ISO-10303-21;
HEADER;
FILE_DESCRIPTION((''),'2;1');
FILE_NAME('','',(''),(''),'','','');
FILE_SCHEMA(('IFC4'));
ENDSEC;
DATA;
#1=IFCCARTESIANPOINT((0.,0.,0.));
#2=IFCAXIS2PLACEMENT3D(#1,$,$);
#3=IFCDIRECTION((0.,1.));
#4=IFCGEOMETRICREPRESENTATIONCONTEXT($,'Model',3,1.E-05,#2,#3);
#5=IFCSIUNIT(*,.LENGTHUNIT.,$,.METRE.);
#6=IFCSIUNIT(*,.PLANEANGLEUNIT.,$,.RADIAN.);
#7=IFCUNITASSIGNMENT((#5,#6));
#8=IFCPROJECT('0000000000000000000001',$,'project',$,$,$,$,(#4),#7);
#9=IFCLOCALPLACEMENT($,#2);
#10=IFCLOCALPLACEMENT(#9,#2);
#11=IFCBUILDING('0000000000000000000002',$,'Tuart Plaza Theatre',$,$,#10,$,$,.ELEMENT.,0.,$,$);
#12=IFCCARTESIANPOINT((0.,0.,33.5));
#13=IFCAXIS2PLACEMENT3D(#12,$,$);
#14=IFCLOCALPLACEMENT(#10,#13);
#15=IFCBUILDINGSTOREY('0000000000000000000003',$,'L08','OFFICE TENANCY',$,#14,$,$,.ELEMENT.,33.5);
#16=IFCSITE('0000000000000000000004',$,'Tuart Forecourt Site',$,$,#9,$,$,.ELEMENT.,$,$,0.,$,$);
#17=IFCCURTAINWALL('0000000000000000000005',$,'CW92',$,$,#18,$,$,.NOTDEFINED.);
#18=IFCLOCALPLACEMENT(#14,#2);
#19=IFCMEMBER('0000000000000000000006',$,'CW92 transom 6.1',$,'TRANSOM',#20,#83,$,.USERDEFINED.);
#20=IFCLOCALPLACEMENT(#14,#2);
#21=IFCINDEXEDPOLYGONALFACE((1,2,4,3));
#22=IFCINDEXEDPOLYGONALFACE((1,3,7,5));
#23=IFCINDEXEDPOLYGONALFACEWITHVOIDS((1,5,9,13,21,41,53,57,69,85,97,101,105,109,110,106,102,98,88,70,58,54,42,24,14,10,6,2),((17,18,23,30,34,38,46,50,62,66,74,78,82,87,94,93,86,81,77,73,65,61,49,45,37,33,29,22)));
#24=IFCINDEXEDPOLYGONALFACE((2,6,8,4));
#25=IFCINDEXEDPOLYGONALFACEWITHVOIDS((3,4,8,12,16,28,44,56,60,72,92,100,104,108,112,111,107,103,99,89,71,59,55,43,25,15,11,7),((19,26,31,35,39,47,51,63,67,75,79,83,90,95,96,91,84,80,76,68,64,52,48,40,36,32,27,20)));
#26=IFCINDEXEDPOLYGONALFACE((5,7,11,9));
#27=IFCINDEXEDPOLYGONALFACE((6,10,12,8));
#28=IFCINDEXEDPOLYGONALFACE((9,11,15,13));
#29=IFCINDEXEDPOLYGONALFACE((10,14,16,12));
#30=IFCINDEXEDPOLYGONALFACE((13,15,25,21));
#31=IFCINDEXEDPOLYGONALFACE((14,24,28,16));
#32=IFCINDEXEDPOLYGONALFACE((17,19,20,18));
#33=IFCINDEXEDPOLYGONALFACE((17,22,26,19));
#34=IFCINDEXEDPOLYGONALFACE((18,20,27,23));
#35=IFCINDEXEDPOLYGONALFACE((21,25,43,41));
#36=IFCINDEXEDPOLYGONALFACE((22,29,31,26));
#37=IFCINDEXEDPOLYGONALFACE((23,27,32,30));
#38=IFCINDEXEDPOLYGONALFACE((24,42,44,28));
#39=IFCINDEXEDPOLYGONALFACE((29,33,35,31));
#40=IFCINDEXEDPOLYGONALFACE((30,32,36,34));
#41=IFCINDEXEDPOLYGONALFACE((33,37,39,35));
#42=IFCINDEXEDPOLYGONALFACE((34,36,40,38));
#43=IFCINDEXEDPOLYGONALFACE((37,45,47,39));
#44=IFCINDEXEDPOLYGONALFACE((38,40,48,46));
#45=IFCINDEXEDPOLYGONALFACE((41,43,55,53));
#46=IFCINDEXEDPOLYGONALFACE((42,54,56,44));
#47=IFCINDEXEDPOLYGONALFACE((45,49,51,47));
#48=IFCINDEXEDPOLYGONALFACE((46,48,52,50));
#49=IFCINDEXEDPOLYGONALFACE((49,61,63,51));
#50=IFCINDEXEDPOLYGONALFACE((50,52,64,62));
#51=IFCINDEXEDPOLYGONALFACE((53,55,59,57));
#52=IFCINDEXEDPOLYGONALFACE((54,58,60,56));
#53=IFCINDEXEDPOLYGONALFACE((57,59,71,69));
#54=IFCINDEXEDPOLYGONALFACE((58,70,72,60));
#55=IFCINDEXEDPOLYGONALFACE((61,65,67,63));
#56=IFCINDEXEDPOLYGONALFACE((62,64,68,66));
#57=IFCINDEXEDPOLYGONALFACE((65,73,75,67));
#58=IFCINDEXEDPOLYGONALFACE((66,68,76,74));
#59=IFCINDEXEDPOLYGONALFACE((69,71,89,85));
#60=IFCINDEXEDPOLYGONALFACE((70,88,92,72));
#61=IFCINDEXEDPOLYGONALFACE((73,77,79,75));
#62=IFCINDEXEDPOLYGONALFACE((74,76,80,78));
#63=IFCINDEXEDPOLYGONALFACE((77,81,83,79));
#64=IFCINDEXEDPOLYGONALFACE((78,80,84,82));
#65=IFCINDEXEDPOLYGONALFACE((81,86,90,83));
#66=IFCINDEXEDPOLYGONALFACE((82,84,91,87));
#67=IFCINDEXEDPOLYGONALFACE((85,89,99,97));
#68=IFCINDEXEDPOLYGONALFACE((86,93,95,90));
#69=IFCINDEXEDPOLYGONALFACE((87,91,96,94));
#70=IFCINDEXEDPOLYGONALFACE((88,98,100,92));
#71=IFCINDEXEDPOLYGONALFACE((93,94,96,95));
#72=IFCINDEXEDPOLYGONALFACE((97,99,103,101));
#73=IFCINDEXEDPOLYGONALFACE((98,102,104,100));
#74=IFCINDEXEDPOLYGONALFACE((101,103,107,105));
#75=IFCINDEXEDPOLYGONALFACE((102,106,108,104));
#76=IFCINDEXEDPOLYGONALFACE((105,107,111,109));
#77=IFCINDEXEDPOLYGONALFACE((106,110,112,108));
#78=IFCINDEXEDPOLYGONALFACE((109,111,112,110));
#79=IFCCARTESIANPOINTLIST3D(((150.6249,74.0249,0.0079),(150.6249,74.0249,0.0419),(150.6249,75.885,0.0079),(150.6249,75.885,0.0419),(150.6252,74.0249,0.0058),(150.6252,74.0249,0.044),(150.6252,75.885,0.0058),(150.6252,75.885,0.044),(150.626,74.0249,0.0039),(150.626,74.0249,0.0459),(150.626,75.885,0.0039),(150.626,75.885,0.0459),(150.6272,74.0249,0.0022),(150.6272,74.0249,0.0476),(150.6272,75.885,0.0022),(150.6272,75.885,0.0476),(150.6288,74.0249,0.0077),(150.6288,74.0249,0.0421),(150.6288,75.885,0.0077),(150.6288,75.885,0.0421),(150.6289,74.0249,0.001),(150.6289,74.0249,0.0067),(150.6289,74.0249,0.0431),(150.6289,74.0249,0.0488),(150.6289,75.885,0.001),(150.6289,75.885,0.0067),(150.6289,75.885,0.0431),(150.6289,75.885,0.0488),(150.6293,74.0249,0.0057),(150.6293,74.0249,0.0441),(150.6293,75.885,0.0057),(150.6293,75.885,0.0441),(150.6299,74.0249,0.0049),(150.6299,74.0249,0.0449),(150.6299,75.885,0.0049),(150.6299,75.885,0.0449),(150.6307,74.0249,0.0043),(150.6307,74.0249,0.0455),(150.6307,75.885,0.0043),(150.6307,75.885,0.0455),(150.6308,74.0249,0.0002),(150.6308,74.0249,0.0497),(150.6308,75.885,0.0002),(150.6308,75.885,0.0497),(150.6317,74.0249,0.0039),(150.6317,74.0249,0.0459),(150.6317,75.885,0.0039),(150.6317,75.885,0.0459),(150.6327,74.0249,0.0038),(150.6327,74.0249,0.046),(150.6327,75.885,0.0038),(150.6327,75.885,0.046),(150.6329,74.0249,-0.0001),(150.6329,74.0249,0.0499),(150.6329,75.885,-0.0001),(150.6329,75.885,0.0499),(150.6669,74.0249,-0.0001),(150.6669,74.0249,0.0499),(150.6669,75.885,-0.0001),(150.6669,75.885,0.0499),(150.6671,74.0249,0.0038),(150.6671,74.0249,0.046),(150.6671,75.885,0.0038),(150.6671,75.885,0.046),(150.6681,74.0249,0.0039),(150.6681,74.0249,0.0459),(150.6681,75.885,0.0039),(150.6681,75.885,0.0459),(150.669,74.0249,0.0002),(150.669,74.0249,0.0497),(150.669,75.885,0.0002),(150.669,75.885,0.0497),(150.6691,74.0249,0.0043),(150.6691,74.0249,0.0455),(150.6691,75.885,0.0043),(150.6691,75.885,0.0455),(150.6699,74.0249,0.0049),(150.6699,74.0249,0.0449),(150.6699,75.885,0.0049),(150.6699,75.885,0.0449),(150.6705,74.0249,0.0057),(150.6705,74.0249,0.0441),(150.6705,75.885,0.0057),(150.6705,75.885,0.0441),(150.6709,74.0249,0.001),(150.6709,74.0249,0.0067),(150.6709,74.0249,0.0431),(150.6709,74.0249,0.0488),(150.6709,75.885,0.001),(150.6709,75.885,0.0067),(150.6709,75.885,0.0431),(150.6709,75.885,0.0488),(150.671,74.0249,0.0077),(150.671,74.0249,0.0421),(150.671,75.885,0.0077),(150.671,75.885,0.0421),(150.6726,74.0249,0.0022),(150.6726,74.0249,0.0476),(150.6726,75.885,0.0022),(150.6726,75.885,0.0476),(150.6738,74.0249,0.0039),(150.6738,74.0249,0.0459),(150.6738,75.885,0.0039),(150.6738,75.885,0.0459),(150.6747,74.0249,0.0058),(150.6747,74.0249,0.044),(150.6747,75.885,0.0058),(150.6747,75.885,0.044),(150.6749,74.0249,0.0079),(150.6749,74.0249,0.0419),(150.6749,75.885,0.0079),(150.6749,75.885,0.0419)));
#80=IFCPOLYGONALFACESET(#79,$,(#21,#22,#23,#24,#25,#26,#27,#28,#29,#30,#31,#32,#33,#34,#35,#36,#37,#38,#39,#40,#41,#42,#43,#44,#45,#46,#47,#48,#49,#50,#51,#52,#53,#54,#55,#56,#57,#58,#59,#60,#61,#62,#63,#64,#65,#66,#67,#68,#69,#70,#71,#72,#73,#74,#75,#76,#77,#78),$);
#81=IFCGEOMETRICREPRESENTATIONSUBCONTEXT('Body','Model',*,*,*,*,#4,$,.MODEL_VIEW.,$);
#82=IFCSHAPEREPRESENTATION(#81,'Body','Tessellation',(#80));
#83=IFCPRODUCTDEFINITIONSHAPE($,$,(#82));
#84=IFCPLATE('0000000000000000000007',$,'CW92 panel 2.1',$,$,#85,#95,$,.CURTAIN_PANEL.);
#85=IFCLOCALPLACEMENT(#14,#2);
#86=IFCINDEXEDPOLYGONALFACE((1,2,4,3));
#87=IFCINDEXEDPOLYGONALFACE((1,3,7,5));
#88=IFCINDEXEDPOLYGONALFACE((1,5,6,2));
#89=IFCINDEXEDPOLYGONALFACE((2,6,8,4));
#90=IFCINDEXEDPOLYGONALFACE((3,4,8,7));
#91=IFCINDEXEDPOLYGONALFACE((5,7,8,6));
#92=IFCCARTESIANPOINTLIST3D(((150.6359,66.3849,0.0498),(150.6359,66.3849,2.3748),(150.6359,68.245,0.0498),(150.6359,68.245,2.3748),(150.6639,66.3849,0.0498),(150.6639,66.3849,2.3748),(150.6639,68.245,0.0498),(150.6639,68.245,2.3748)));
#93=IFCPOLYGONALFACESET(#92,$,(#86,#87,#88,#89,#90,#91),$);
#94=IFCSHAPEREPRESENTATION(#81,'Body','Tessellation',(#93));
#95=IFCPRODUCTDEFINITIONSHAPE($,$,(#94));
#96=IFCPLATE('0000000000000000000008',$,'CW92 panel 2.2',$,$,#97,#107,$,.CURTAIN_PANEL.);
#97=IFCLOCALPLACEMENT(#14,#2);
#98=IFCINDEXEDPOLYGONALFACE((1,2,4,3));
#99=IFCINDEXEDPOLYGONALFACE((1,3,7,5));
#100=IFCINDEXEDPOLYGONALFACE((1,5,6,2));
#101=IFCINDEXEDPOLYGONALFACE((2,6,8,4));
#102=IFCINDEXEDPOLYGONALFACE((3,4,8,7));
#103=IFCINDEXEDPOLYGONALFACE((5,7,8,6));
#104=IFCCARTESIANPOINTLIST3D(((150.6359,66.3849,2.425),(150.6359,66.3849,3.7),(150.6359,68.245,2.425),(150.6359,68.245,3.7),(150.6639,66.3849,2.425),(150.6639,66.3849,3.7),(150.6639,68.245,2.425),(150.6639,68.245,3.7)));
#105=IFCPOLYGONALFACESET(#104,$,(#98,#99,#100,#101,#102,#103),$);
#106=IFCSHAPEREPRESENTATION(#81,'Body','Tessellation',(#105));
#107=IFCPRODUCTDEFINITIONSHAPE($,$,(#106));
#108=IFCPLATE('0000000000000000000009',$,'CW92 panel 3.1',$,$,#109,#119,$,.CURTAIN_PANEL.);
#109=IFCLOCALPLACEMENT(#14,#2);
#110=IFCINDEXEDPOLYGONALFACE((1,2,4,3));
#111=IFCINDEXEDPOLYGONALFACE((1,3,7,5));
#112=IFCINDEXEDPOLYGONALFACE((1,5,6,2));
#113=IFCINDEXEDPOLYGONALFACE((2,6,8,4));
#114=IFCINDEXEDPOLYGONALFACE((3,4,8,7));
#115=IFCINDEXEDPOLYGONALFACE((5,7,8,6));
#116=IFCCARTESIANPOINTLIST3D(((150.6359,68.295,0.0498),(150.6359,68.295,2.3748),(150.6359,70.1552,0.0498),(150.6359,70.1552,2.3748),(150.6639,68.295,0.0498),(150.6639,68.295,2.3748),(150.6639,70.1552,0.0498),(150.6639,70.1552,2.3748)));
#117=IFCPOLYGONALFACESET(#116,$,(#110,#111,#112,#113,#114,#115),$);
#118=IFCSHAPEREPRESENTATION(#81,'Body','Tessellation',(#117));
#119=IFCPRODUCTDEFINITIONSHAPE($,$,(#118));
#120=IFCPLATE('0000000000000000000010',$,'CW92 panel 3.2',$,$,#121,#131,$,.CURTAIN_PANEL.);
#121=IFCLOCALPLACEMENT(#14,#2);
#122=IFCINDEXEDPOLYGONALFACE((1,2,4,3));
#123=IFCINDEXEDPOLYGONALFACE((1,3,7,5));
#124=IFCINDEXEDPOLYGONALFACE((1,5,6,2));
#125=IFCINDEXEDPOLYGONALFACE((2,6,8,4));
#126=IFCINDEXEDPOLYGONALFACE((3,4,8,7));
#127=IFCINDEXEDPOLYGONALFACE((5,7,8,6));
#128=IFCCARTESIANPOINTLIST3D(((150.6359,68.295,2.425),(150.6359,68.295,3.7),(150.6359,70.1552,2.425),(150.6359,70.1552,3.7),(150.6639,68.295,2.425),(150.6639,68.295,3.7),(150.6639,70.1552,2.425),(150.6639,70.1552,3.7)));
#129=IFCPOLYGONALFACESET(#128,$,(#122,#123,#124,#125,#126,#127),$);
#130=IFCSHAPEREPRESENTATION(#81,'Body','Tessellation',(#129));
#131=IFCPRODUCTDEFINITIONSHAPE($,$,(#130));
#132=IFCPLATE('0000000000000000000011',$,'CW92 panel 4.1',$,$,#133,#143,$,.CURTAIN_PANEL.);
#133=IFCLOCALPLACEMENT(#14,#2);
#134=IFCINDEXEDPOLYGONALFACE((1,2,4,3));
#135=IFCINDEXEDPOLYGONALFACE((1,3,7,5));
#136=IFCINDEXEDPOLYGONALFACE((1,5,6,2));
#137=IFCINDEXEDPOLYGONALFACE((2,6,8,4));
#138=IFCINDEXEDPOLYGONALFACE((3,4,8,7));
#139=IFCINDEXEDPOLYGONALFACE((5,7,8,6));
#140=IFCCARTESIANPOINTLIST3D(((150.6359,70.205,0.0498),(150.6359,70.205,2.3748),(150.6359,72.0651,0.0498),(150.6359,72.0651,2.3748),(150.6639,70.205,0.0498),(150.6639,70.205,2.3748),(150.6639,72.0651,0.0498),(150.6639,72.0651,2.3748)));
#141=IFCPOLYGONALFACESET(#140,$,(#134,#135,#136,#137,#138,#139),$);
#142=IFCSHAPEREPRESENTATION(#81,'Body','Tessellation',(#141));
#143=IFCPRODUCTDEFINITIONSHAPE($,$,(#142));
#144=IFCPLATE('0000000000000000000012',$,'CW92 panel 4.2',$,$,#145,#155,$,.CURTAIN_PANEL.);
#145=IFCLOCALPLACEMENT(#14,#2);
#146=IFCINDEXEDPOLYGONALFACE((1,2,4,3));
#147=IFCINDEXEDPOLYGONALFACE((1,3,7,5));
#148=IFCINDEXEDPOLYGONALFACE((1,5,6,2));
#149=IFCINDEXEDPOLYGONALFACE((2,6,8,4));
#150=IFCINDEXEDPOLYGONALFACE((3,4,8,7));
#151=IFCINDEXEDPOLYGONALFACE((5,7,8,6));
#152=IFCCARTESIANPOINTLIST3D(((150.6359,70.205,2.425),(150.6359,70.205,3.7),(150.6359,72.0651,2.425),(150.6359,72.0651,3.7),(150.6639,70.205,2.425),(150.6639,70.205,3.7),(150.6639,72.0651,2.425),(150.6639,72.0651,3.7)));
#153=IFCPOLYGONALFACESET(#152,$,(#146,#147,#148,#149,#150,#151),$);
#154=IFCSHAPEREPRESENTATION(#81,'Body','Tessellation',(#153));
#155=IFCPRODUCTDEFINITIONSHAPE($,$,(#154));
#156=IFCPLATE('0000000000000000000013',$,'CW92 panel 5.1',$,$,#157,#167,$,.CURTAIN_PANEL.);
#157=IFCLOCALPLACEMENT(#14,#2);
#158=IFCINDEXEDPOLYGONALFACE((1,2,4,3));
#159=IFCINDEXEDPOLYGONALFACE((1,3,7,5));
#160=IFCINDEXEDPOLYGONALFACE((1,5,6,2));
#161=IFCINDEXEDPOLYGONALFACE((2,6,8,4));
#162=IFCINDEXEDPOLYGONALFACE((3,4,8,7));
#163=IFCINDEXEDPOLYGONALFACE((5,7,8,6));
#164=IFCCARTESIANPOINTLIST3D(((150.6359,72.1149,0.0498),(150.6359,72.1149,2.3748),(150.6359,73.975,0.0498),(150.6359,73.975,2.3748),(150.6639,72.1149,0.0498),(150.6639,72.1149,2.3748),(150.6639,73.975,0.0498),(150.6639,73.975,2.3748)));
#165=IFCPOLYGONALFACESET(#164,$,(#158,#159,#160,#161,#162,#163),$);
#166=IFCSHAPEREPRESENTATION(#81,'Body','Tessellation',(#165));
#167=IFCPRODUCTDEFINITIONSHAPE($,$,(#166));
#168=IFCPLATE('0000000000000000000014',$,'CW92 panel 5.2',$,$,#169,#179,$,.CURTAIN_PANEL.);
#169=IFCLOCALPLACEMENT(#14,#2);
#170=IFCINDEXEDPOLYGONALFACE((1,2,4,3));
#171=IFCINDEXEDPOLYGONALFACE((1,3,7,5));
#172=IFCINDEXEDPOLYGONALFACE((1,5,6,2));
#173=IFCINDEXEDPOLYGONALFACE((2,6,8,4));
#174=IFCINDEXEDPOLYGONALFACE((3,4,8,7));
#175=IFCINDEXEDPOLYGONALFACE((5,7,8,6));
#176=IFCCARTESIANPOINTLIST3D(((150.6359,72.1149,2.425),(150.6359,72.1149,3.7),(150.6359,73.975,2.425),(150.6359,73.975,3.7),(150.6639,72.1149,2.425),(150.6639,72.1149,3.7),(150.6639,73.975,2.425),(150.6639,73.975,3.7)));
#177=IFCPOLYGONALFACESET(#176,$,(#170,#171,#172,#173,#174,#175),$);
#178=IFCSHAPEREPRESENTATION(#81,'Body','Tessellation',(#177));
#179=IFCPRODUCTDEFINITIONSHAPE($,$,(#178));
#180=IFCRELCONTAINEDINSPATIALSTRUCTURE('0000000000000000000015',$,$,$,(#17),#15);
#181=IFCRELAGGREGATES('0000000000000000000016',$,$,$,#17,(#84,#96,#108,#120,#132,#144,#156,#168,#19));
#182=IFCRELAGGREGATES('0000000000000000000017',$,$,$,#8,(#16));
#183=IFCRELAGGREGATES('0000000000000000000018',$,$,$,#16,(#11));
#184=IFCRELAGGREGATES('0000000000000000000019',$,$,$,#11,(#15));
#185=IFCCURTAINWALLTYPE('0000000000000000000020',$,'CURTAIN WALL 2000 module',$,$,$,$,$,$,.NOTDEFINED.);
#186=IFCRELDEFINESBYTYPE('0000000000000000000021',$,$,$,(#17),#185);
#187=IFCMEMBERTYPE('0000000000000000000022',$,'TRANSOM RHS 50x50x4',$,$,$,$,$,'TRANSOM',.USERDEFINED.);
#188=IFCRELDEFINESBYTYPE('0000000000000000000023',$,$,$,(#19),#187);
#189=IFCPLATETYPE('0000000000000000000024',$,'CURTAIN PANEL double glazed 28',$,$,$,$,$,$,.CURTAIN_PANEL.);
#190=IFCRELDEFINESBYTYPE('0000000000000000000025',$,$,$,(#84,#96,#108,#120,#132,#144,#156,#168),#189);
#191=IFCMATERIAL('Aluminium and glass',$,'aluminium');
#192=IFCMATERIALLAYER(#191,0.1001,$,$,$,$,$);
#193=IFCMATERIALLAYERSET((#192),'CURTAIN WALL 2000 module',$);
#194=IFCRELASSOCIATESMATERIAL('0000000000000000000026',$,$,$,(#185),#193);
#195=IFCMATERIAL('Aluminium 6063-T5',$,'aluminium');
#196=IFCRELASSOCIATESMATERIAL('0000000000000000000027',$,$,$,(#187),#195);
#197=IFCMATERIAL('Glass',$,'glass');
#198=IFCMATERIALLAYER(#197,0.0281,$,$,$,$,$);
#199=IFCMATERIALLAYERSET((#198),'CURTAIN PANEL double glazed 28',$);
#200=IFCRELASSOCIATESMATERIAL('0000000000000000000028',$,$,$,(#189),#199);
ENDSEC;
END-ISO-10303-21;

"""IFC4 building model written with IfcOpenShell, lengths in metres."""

from ifc_helpers import new_model, si_unit, direction, frame, origin, origin_2d, place, context, subcontext, project, spatial, rectangle, hollow_rectangle, extrude, material, layer, layer_set, material_profile, profile_set, type_object, element, aggregate, save


model = new_model("IFC4")

# Units and contexts
model_context = context("Model", 3, precision=1e-05, world=origin(), true_north=direction((0.0, 1.0)))
body_context = subcontext(model_context, "Body", "Model", "MODEL_VIEW")
ifc_project = project(units=[si_unit("LENGTHUNIT", "METRE"), si_unit("PLANEANGLEUNIT", "RADIAN")], contexts=[model_context])

# Site, building, storey
site_placement = place(None, origin())
site = spatial("IfcSite", under=ifc_project, at=site_placement, Name="Tuart Forecourt Site", CompositionType="ELEMENT", RefElevation=0.0)
building_placement = place(site_placement, origin())
building = spatial("IfcBuilding", under=site, at=building_placement, Name="Tuart Plaza Theatre", CompositionType="ELEMENT", ElevationOfRefHeight=0.0)
storey_placement = place(building_placement, frame((0.0, 0.0, 33.5)))
storey = spatial("IfcBuildingStorey", under=building, at=storey_placement, Name="L08", Description="OFFICE TENANCY", CompositionType="ELEMENT", Elevation=33.5)

# Curtain wall, member, plates
ifc_material_1 = material(Name="Aluminium and glass", Category="aluminium")
ifc_layer_1 = layer(ifc_material_1, 0.1001)
ifc_layer_set_1 = layer_set([ifc_layer_1], Name="CURTAIN WALL 2000 module")
curtain_wall_type = type_object("IfcCurtainWallType", Name="CURTAIN WALL 2000 module", PredefinedType="NOTDEFINED", material=ifc_layer_set_1)
curtain_wall_placement = place(storey_placement, origin())
curtain_wall = element("IfcCurtainWall", 1, at=curtain_wall_placement, inside=storey, type_object=curtain_wall_type, Name="CW92", PredefinedType="NOTDEFINED")
ifc_material_2 = material(Name="Aluminium 6063-T5", Category="aluminium")
ifc_material_profile_1 = material_profile(ifc_material_2, hollow_rectangle(XDim=0.05, YDim=0.05, WallThickness=0.0039, InnerFilletRadius=0.0039, OuterFilletRadius=0.0081, at=origin_2d()), Name="RHS 50x50x4")
ifc_profile_set_1 = profile_set([ifc_material_profile_1], Name="Aluminium 6063-T5")
member_type_1 = type_object("IfcMemberType", Name="TRANSOM RHS 50x50x4", ElementType="TRANSOM", PredefinedType="USERDEFINED", material=ifc_profile_set_1)
member_1_placement = place(storey_placement, frame((150.6499, 74.0249, 0.0249), z_axis=(0.0, 1.0, 0.0), x_axis=(-1.0, 0.0, 0.0)))
member_1 = element("IfcMember", 2, at=member_1_placement, type_object=member_type_1, Name="CW92 transom 6.1", ObjectType="TRANSOM", PredefinedType="USERDEFINED", context=body_context, shape_type="SweptSolid", body=[
    extrude(hollow_rectangle(XDim=0.05, YDim=0.05, WallThickness=0.0039, InnerFilletRadius=0.0039, OuterFilletRadius=0.0081, at=origin_2d()), origin(), (0.0, 0.0, 1.0), 1.8601),
])
ifc_material_3 = material(Name="Glass", Category="glass")
ifc_layer_2 = layer(ifc_material_3, 0.0281)
ifc_layer_set_2 = layer_set([ifc_layer_2], Name="CURTAIN PANEL double glazed 28")
plate_type = type_object("IfcPlateType", Name="CURTAIN PANEL double glazed 28", PredefinedType="CURTAIN_PANEL", material=ifc_layer_set_2)
plate_1_placement = place(storey_placement, frame((150.6499, 67.3149, 0.0498), z_axis=(0.0, 0.0, 1.0), x_axis=(0.0, 1.0, 0.0)))
plate_1 = element("IfcPlate", 3, at=plate_1_placement, type_object=plate_type, Name="CW92 panel 2.1", PredefinedType="CURTAIN_PANEL", context=body_context, shape_type="SweptSolid", body=[
    extrude(rectangle(XDim=1.8601, YDim=0.0281, at=origin_2d()), origin(), (0.0, 0.0, 1.0), 2.325),
])
plate_2_placement = place(storey_placement, frame((150.6499, 67.3149, 2.425), z_axis=(0.0, 0.0, 1.0), x_axis=(0.0, 1.0, 0.0)))
plate_2 = element("IfcPlate", 4, at=plate_2_placement, type_object=plate_type, Name="CW92 panel 2.2", PredefinedType="CURTAIN_PANEL", context=body_context, shape_type="SweptSolid", body=[
    extrude(rectangle(XDim=1.8601, YDim=0.0281, at=origin_2d()), origin(), (0.0, 0.0, 1.0), 1.2749),
])
plate_3_placement = place(storey_placement, frame((150.6499, 69.2251, 0.0498), z_axis=(0.0, 0.0, 1.0), x_axis=(0.0, 1.0, 0.0)))
plate_3 = element("IfcPlate", 5, at=plate_3_placement, type_object=plate_type, Name="CW92 panel 3.1", PredefinedType="CURTAIN_PANEL", context=body_context, shape_type="SweptSolid", body=[
    extrude(rectangle(XDim=1.8601, YDim=0.0281, at=origin_2d()), origin(), (0.0, 0.0, 1.0), 2.325),
])
plate_4_placement = place(storey_placement, frame((150.6499, 69.2251, 2.425), z_axis=(0.0, 0.0, 1.0), x_axis=(0.0, 1.0, 0.0)))
plate_4 = element("IfcPlate", 6, at=plate_4_placement, type_object=plate_type, Name="CW92 panel 3.2", PredefinedType="CURTAIN_PANEL", context=body_context, shape_type="SweptSolid", body=[
    extrude(rectangle(XDim=1.8601, YDim=0.0281, at=origin_2d()), origin(), (0.0, 0.0, 1.0), 1.2749),
])
plate_5_placement = place(storey_placement, frame((150.6499, 71.135, 0.0498), z_axis=(0.0, 0.0, 1.0), x_axis=(0.0, 1.0, 0.0)))
plate_5 = element("IfcPlate", 7, at=plate_5_placement, type_object=plate_type, Name="CW92 panel 4.1", PredefinedType="CURTAIN_PANEL", context=body_context, shape_type="SweptSolid", body=[
    extrude(rectangle(XDim=1.8601, YDim=0.0281, at=origin_2d()), origin(), (0.0, 0.0, 1.0), 2.325),
])
plate_6_placement = place(storey_placement, frame((150.6499, 71.135, 2.425), z_axis=(0.0, 0.0, 1.0), x_axis=(0.0, 1.0, 0.0)))
plate_6 = element("IfcPlate", 8, at=plate_6_placement, type_object=plate_type, Name="CW92 panel 4.2", PredefinedType="CURTAIN_PANEL", context=body_context, shape_type="SweptSolid", body=[
    extrude(rectangle(XDim=1.8601, YDim=0.0281, at=origin_2d()), origin(), (0.0, 0.0, 1.0), 1.2749),
])
plate_7_placement = place(storey_placement, frame((150.6499, 73.0449, 0.0498), z_axis=(0.0, 0.0, 1.0), x_axis=(0.0, 1.0, 0.0)))
plate_7 = element("IfcPlate", 9, at=plate_7_placement, type_object=plate_type, Name="CW92 panel 5.1", PredefinedType="CURTAIN_PANEL", context=body_context, shape_type="SweptSolid", body=[
    extrude(rectangle(XDim=1.8601, YDim=0.0281, at=origin_2d()), origin(), (0.0, 0.0, 1.0), 2.325),
])
plate_8_placement = place(storey_placement, frame((150.6499, 73.0449, 2.425), z_axis=(0.0, 0.0, 1.0), x_axis=(0.0, 1.0, 0.0)))
plate_8 = element("IfcPlate", 10, at=plate_8_placement, type_object=plate_type, Name="CW92 panel 5.2", PredefinedType="CURTAIN_PANEL", context=body_context, shape_type="SweptSolid", body=[
    extrude(rectangle(XDim=1.8601, YDim=0.0281, at=origin_2d()), origin(), (0.0, 0.0, 1.0), 1.2749),
])
aggregate(curtain_wall, [plate_1, plate_2, plate_3, plate_4, plate_5, plate_6, plate_7, plate_8, member_1])

save(model, "model.ifc")
